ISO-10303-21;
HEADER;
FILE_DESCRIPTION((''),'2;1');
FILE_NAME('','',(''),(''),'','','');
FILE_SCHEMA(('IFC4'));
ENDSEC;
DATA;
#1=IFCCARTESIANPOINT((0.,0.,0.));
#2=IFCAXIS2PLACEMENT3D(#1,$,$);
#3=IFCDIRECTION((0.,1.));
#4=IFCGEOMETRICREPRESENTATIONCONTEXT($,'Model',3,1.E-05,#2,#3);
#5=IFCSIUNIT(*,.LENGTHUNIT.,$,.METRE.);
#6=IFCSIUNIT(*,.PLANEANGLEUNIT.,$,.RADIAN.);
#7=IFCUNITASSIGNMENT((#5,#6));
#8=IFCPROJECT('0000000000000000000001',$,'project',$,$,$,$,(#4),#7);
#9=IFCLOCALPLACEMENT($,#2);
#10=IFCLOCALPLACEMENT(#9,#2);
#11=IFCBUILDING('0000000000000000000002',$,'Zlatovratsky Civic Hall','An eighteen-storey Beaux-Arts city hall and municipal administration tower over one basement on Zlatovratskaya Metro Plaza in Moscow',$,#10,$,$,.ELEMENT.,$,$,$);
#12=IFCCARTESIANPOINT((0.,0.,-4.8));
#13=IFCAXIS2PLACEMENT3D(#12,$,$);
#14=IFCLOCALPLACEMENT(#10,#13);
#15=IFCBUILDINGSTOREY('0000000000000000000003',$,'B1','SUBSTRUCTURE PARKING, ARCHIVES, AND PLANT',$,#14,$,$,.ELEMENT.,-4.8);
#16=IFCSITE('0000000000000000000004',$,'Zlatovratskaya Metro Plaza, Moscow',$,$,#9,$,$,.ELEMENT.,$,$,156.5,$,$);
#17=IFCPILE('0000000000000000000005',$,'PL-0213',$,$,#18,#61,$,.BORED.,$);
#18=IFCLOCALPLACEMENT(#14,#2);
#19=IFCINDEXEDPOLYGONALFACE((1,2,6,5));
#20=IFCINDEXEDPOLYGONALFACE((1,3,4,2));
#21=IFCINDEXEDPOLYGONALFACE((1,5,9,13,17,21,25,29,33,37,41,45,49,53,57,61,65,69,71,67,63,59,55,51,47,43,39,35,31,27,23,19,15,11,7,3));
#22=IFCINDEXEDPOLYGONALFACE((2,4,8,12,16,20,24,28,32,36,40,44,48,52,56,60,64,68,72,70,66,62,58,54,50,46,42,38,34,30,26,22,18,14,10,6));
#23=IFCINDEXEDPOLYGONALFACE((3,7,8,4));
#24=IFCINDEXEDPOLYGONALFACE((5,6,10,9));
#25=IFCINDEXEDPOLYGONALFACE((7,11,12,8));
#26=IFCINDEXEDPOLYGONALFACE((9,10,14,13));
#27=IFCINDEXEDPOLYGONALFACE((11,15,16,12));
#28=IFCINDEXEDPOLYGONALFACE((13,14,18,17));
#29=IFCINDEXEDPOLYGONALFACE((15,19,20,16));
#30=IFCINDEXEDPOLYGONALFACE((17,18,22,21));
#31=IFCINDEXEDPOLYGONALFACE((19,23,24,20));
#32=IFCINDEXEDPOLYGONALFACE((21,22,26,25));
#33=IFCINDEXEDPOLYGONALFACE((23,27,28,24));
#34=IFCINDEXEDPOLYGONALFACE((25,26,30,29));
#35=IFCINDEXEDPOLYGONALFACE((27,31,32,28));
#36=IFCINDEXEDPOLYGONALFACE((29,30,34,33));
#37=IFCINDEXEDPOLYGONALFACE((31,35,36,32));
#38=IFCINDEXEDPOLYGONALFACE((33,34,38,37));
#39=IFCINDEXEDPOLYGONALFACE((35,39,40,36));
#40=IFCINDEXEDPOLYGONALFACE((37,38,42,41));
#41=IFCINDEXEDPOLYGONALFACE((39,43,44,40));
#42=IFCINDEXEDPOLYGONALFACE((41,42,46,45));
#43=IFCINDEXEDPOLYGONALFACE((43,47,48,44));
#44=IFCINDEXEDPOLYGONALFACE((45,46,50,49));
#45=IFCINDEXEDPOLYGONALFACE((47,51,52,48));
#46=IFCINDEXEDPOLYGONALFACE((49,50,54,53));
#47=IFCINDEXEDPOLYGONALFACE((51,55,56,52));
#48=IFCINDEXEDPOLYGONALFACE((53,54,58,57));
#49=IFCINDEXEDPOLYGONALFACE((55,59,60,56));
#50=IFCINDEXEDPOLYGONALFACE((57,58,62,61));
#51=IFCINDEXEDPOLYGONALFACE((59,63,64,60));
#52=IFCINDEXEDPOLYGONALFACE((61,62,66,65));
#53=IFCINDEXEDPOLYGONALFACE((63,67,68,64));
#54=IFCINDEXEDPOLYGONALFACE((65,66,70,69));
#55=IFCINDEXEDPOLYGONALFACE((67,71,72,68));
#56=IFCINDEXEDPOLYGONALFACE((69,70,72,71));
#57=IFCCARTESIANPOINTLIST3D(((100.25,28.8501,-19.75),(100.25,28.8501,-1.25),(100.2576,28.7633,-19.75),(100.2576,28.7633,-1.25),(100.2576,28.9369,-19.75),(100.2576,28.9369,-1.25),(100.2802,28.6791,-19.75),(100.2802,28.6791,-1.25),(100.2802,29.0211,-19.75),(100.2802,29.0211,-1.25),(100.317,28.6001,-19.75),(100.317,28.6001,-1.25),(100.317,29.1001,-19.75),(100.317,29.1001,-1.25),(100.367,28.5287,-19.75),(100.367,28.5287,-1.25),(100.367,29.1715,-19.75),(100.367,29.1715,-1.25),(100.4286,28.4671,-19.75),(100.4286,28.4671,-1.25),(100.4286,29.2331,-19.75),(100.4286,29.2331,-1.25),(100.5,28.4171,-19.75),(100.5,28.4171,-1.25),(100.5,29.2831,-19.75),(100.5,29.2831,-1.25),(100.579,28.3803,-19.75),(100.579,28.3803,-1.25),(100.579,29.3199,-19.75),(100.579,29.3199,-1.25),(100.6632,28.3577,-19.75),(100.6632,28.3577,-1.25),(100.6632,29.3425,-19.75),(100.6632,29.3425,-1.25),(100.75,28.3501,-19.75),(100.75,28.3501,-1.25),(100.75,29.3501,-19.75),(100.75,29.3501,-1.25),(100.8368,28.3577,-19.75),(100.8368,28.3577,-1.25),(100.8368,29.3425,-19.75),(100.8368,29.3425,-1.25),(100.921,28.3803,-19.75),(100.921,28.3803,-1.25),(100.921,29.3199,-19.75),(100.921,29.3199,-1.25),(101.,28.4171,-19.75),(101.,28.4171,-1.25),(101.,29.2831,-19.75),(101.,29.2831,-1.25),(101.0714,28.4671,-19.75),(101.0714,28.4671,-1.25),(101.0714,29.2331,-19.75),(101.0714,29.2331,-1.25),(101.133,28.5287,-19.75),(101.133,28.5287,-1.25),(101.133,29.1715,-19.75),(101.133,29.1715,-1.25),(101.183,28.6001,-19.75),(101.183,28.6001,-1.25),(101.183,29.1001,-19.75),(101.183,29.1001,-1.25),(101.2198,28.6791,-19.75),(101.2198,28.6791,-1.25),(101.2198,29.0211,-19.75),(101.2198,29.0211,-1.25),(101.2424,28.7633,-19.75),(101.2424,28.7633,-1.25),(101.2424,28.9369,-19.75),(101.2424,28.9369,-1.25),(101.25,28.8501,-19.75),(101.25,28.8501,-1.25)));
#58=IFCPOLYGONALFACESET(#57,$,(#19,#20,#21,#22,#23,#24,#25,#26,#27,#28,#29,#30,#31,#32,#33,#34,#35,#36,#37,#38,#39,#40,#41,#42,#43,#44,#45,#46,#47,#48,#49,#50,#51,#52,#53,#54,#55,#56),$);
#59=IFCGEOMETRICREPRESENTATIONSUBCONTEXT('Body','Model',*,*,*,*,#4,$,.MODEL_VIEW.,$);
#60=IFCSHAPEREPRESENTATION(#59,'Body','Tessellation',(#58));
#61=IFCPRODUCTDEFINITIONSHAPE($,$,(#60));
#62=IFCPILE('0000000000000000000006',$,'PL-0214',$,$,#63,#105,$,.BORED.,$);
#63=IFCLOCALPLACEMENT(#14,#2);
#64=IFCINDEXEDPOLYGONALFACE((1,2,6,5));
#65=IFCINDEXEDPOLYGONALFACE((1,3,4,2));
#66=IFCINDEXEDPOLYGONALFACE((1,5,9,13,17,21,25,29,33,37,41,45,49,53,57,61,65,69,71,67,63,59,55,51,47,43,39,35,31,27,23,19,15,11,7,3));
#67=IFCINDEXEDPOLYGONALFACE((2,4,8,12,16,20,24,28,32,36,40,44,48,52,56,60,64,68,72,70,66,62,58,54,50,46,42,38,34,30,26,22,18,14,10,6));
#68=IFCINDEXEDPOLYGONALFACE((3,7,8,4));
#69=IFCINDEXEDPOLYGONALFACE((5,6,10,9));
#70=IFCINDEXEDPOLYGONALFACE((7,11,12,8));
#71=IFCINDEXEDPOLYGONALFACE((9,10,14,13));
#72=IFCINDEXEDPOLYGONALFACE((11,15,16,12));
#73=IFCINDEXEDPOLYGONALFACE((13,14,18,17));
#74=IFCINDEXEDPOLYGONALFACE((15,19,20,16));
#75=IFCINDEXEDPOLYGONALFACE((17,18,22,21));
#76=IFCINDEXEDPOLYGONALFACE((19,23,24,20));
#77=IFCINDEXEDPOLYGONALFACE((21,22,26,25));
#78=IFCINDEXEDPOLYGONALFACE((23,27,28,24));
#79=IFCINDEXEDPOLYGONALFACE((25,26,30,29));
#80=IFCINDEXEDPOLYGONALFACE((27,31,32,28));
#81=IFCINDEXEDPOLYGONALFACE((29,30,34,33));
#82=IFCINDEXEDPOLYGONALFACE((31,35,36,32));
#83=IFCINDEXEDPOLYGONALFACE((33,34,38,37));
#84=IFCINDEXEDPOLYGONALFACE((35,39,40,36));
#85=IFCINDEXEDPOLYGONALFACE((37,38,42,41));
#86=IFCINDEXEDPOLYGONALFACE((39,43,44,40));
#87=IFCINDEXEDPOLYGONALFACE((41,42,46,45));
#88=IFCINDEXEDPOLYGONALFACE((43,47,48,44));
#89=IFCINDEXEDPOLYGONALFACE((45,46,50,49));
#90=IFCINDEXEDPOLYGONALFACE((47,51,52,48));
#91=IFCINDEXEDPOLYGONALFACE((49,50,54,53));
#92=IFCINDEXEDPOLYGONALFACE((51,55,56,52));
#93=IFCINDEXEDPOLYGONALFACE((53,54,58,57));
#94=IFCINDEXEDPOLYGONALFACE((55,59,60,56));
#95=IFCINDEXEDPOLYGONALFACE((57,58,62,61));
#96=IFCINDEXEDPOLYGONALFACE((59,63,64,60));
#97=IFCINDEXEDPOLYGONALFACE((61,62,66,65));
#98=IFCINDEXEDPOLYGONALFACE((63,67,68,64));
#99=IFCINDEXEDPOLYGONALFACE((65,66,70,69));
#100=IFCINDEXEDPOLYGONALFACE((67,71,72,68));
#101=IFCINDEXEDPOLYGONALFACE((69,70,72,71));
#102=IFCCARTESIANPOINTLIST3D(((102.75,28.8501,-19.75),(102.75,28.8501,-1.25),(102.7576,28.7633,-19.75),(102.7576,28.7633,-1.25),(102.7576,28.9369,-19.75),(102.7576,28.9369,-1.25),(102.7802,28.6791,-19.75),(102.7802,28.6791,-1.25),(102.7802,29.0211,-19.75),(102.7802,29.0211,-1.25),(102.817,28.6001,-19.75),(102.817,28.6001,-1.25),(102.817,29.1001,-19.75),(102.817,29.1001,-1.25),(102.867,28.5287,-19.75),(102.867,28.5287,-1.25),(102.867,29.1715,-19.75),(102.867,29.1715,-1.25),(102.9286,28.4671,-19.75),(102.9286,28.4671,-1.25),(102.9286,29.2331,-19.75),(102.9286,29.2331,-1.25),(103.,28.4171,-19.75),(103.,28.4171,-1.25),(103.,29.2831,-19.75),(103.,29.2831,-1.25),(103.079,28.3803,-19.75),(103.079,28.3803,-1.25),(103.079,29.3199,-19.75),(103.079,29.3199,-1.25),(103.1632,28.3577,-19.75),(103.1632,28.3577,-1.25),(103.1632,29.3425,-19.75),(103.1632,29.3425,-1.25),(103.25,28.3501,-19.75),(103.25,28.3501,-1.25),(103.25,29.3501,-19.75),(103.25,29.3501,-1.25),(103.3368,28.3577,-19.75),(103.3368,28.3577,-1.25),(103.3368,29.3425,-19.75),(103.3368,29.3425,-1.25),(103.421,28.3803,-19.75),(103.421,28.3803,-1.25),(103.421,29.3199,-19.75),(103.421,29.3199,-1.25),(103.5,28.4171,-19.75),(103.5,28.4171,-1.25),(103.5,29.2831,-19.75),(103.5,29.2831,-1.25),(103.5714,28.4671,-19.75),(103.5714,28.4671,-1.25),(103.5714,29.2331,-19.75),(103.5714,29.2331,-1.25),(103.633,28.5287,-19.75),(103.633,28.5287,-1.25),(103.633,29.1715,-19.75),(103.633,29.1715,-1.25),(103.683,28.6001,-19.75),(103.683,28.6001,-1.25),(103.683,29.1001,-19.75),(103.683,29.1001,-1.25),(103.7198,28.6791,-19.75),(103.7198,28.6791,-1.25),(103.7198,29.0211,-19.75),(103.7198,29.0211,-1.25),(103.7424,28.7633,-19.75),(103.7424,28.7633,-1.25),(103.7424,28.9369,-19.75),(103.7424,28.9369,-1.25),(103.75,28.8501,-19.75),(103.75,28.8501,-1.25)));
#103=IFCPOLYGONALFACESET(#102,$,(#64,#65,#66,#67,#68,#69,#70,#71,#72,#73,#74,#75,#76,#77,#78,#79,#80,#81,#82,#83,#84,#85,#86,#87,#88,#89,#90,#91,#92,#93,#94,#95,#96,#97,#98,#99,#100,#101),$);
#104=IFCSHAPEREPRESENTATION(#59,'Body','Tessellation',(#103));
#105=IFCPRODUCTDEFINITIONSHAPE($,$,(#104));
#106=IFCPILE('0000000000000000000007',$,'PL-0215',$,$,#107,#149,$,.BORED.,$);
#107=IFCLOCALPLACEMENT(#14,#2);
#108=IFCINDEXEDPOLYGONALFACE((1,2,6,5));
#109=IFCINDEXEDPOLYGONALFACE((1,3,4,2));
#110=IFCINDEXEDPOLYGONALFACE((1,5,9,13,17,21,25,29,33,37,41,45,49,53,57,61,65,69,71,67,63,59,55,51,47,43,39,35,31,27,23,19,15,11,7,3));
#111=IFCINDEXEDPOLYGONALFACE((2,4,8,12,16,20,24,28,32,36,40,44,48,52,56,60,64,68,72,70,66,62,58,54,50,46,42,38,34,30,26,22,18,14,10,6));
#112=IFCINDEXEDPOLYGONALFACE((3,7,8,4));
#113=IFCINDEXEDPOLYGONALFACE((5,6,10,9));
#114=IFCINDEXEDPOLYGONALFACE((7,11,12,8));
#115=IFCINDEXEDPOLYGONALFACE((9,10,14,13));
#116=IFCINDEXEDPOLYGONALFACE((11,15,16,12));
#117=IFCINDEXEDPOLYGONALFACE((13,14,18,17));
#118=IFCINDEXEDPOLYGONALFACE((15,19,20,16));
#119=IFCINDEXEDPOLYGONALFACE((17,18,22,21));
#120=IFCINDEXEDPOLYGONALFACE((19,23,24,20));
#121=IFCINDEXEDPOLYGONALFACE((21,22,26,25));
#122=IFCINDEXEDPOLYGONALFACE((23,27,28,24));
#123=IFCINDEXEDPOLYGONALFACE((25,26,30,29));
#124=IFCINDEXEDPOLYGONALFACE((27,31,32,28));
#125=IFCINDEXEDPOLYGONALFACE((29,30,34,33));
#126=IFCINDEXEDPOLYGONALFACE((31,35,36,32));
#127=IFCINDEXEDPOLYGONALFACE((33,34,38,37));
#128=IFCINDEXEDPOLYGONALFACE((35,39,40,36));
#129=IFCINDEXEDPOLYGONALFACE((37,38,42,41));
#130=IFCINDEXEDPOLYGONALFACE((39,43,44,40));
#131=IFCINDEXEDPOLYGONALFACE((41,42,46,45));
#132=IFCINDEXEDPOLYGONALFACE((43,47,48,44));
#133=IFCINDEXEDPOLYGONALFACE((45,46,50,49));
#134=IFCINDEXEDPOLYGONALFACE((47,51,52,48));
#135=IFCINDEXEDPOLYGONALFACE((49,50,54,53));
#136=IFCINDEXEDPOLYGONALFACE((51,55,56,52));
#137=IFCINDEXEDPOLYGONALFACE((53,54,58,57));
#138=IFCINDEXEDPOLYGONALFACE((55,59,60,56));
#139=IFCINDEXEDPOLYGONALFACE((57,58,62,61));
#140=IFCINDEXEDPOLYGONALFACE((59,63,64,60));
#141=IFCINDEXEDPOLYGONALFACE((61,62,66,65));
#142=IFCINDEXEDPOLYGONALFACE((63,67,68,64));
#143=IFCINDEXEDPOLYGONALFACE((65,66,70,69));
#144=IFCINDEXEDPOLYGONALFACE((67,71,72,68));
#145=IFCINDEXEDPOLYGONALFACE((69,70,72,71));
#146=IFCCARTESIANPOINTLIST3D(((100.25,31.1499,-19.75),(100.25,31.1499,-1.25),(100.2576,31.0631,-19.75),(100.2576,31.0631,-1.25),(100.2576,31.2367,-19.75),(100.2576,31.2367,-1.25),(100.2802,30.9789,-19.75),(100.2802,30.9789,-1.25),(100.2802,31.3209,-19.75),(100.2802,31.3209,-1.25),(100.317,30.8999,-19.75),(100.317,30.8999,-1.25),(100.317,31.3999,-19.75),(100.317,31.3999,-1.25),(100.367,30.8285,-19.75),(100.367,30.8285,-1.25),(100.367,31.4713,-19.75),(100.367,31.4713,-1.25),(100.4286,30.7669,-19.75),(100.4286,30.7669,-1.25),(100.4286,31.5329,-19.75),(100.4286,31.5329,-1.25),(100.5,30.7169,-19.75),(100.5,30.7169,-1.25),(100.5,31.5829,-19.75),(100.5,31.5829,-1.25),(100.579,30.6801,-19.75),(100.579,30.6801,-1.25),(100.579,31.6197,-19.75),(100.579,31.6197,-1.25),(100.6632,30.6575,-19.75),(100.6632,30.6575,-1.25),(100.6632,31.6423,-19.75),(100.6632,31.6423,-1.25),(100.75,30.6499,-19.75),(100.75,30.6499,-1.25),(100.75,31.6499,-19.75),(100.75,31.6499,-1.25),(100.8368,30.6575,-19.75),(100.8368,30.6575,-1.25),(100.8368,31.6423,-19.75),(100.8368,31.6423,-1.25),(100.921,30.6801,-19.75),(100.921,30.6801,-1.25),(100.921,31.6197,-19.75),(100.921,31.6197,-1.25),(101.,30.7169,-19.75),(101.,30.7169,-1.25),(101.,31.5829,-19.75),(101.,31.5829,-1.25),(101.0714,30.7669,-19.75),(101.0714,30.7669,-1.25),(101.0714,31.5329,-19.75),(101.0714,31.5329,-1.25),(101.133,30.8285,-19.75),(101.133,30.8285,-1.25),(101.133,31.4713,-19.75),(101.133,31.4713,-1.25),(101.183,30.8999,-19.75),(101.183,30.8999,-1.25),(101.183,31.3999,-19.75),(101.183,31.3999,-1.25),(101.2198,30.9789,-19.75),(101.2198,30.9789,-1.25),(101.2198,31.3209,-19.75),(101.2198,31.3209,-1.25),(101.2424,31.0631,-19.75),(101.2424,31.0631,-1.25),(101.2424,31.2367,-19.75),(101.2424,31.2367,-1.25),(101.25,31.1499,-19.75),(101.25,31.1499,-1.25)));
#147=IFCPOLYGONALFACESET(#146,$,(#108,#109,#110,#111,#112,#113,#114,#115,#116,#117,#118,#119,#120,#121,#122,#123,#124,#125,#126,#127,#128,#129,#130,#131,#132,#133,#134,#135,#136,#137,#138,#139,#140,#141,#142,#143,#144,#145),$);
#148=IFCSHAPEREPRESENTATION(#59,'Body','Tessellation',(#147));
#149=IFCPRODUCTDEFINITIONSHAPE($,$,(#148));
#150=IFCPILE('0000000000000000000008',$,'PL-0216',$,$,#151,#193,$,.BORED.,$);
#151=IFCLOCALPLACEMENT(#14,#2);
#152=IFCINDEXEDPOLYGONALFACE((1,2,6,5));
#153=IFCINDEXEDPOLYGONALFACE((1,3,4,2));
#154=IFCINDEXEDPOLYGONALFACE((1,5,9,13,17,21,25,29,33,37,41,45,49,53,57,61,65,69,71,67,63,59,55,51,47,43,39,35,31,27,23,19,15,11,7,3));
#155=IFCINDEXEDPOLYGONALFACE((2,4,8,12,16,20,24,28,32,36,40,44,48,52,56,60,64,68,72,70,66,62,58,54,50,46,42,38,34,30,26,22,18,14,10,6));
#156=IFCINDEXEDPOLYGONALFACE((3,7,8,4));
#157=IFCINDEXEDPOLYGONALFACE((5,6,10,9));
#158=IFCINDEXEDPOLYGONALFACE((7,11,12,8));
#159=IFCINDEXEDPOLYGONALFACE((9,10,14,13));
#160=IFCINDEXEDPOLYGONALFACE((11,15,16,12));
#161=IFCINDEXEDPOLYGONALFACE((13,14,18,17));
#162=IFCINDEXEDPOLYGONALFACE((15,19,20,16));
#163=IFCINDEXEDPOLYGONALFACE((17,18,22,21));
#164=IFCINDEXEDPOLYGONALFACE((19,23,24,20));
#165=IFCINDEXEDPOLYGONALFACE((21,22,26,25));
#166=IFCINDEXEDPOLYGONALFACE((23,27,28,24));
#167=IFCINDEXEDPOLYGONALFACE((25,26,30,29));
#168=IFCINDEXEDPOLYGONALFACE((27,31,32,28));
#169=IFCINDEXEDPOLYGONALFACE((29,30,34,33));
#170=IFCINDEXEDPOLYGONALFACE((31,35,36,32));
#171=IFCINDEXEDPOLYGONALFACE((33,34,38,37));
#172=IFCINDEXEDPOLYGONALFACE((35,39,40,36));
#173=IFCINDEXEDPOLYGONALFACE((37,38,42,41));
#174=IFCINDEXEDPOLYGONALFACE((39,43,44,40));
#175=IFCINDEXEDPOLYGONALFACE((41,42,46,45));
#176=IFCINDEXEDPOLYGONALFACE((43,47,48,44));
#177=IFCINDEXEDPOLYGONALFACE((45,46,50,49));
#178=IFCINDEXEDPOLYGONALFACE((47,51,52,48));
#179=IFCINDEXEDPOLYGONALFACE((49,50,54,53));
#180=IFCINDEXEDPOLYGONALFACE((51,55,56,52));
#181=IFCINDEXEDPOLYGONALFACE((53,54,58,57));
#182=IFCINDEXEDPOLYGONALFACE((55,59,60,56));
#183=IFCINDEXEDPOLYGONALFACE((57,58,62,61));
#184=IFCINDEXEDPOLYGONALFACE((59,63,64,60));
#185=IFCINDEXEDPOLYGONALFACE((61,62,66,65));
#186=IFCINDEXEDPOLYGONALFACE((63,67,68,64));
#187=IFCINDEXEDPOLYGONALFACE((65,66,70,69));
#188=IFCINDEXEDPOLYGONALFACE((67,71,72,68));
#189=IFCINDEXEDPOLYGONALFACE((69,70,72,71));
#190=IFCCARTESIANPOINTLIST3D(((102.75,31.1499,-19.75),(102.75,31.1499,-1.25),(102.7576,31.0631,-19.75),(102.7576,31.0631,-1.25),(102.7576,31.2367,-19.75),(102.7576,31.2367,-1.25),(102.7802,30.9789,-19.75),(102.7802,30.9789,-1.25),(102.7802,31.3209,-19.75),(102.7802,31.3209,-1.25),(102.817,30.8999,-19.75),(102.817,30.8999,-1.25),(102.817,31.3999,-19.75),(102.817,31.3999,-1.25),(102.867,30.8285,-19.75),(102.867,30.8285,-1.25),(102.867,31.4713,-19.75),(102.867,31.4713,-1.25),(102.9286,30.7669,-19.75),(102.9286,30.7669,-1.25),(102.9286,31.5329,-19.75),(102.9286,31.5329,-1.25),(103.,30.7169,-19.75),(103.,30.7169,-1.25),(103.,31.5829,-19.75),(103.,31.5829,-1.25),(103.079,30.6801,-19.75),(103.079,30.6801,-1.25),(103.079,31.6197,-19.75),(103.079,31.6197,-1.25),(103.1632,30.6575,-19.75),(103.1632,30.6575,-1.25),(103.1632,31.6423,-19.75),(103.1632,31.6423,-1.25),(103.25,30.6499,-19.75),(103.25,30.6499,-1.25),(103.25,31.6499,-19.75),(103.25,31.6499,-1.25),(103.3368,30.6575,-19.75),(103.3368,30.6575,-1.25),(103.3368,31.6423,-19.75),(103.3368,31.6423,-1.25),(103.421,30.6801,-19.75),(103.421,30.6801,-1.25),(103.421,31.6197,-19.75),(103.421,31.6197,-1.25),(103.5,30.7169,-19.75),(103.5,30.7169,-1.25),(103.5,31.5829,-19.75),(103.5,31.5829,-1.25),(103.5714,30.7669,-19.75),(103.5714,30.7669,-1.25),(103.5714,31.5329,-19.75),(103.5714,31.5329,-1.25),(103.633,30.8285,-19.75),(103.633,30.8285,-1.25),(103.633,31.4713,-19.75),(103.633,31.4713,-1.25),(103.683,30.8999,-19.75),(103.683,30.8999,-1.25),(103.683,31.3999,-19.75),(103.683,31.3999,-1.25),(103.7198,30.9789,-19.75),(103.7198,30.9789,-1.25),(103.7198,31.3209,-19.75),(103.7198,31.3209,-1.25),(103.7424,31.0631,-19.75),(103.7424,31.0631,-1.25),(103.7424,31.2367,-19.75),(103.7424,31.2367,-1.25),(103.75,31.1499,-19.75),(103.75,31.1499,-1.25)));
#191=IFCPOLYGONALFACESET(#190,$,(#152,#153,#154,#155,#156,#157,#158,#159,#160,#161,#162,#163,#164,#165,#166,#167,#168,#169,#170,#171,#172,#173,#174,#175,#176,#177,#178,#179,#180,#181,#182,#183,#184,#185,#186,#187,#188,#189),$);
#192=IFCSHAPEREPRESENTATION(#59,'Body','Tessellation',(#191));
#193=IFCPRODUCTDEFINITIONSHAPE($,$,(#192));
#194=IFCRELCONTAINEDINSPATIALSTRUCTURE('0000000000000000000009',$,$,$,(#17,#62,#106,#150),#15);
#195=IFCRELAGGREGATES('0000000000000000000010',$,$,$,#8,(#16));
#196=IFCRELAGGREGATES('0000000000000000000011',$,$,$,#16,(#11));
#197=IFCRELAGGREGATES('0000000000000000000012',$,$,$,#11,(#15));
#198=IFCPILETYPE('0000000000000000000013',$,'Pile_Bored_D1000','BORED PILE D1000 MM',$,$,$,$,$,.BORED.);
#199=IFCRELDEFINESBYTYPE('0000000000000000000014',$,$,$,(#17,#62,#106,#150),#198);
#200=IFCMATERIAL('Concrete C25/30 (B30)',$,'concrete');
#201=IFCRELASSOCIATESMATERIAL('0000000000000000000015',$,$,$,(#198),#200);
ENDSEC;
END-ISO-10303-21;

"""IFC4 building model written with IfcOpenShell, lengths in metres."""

from ifc_helpers import new_model, si_unit, direction, frame, origin, origin_2d, place, context, subcontext, project, spatial, circle, extrude, material, material_profile, profile_set, type_object, element, save


model = new_model("IFC4")

# Units and contexts
model_context = context("Model", 3, precision=1e-05, world=origin(), true_north=direction((0.0, 1.0)))
body_context = subcontext(model_context, "Body", "Model", "MODEL_VIEW")
ifc_project = project(units=[si_unit("LENGTHUNIT", "METRE"), si_unit("PLANEANGLEUNIT", "RADIAN")], contexts=[model_context])

# Site, building, storey
site_placement = place(None, origin())
site = spatial("IfcSite", under=ifc_project, at=site_placement, Name="Zlatovratskaya Metro Plaza, Moscow", CompositionType="ELEMENT", RefElevation=156.5)
building_placement = place(site_placement, origin())
building = spatial("IfcBuilding", under=site, at=building_placement, Name="Zlatovratsky Civic Hall", Description="An eighteen-storey Beaux-Arts city hall and municipal administration tower over one basement on Zlatovratskaya Metro Plaza in Moscow", CompositionType="ELEMENT")
storey_placement = place(building_placement, frame((0.0, 0.0, -4.8)))
storey = spatial("IfcBuildingStorey", under=building, at=storey_placement, Name="B1", Description="SUBSTRUCTURE PARKING, ARCHIVES, AND PLANT", CompositionType="ELEMENT", Elevation=-4.8)

# Shared definitions
ifc_material_1 = material(Name="Concrete C25/30 (B30)", Category="concrete")

# Piles
ifc_material_profile_1 = material_profile(ifc_material_1, circle(Radius=0.5, at=origin_2d()), Name="PILE D1000")
ifc_profile_set_1 = profile_set([ifc_material_profile_1], Name="Concrete C25/30 (B30)")
pile_type = type_object("IfcPileType", Name="Pile_Bored_D1000", Description="BORED PILE D1000 MM", PredefinedType="BORED", material=ifc_profile_set_1)
for number, where, z_axis, x_axis, name in (
    (1, (100.75, 28.8501, -1.25), (0.0, 0.0, -1.0), (1.0, 0.0, 0.0), "PL-0213"),
    (2, (103.25, 28.8501, -1.25), (0.0, 0.0, -1.0), (1.0, 0.0, 0.0), "PL-0214"),
    (3, (100.75, 31.1499, -1.25), (0.0, 0.0, -1.0), (1.0, 0.0, 0.0), "PL-0215"),
    (4, (103.25, 31.1499, -1.25), (0.0, 0.0, -1.0), (1.0, 0.0, 0.0), "PL-0216"),
):
    element("IfcPile", number, at=place(storey_placement, frame(where, z_axis=z_axis, x_axis=x_axis)), inside=storey, type_object=pile_type, Name=name, PredefinedType="BORED", context=body_context, shape_type="SweptSolid", body=[
        extrude(circle(Radius=0.5, at=origin_2d()), origin(), (0.0, 0.0, 1.0), 18.5),
    ])

save(model, "model.ifc")
